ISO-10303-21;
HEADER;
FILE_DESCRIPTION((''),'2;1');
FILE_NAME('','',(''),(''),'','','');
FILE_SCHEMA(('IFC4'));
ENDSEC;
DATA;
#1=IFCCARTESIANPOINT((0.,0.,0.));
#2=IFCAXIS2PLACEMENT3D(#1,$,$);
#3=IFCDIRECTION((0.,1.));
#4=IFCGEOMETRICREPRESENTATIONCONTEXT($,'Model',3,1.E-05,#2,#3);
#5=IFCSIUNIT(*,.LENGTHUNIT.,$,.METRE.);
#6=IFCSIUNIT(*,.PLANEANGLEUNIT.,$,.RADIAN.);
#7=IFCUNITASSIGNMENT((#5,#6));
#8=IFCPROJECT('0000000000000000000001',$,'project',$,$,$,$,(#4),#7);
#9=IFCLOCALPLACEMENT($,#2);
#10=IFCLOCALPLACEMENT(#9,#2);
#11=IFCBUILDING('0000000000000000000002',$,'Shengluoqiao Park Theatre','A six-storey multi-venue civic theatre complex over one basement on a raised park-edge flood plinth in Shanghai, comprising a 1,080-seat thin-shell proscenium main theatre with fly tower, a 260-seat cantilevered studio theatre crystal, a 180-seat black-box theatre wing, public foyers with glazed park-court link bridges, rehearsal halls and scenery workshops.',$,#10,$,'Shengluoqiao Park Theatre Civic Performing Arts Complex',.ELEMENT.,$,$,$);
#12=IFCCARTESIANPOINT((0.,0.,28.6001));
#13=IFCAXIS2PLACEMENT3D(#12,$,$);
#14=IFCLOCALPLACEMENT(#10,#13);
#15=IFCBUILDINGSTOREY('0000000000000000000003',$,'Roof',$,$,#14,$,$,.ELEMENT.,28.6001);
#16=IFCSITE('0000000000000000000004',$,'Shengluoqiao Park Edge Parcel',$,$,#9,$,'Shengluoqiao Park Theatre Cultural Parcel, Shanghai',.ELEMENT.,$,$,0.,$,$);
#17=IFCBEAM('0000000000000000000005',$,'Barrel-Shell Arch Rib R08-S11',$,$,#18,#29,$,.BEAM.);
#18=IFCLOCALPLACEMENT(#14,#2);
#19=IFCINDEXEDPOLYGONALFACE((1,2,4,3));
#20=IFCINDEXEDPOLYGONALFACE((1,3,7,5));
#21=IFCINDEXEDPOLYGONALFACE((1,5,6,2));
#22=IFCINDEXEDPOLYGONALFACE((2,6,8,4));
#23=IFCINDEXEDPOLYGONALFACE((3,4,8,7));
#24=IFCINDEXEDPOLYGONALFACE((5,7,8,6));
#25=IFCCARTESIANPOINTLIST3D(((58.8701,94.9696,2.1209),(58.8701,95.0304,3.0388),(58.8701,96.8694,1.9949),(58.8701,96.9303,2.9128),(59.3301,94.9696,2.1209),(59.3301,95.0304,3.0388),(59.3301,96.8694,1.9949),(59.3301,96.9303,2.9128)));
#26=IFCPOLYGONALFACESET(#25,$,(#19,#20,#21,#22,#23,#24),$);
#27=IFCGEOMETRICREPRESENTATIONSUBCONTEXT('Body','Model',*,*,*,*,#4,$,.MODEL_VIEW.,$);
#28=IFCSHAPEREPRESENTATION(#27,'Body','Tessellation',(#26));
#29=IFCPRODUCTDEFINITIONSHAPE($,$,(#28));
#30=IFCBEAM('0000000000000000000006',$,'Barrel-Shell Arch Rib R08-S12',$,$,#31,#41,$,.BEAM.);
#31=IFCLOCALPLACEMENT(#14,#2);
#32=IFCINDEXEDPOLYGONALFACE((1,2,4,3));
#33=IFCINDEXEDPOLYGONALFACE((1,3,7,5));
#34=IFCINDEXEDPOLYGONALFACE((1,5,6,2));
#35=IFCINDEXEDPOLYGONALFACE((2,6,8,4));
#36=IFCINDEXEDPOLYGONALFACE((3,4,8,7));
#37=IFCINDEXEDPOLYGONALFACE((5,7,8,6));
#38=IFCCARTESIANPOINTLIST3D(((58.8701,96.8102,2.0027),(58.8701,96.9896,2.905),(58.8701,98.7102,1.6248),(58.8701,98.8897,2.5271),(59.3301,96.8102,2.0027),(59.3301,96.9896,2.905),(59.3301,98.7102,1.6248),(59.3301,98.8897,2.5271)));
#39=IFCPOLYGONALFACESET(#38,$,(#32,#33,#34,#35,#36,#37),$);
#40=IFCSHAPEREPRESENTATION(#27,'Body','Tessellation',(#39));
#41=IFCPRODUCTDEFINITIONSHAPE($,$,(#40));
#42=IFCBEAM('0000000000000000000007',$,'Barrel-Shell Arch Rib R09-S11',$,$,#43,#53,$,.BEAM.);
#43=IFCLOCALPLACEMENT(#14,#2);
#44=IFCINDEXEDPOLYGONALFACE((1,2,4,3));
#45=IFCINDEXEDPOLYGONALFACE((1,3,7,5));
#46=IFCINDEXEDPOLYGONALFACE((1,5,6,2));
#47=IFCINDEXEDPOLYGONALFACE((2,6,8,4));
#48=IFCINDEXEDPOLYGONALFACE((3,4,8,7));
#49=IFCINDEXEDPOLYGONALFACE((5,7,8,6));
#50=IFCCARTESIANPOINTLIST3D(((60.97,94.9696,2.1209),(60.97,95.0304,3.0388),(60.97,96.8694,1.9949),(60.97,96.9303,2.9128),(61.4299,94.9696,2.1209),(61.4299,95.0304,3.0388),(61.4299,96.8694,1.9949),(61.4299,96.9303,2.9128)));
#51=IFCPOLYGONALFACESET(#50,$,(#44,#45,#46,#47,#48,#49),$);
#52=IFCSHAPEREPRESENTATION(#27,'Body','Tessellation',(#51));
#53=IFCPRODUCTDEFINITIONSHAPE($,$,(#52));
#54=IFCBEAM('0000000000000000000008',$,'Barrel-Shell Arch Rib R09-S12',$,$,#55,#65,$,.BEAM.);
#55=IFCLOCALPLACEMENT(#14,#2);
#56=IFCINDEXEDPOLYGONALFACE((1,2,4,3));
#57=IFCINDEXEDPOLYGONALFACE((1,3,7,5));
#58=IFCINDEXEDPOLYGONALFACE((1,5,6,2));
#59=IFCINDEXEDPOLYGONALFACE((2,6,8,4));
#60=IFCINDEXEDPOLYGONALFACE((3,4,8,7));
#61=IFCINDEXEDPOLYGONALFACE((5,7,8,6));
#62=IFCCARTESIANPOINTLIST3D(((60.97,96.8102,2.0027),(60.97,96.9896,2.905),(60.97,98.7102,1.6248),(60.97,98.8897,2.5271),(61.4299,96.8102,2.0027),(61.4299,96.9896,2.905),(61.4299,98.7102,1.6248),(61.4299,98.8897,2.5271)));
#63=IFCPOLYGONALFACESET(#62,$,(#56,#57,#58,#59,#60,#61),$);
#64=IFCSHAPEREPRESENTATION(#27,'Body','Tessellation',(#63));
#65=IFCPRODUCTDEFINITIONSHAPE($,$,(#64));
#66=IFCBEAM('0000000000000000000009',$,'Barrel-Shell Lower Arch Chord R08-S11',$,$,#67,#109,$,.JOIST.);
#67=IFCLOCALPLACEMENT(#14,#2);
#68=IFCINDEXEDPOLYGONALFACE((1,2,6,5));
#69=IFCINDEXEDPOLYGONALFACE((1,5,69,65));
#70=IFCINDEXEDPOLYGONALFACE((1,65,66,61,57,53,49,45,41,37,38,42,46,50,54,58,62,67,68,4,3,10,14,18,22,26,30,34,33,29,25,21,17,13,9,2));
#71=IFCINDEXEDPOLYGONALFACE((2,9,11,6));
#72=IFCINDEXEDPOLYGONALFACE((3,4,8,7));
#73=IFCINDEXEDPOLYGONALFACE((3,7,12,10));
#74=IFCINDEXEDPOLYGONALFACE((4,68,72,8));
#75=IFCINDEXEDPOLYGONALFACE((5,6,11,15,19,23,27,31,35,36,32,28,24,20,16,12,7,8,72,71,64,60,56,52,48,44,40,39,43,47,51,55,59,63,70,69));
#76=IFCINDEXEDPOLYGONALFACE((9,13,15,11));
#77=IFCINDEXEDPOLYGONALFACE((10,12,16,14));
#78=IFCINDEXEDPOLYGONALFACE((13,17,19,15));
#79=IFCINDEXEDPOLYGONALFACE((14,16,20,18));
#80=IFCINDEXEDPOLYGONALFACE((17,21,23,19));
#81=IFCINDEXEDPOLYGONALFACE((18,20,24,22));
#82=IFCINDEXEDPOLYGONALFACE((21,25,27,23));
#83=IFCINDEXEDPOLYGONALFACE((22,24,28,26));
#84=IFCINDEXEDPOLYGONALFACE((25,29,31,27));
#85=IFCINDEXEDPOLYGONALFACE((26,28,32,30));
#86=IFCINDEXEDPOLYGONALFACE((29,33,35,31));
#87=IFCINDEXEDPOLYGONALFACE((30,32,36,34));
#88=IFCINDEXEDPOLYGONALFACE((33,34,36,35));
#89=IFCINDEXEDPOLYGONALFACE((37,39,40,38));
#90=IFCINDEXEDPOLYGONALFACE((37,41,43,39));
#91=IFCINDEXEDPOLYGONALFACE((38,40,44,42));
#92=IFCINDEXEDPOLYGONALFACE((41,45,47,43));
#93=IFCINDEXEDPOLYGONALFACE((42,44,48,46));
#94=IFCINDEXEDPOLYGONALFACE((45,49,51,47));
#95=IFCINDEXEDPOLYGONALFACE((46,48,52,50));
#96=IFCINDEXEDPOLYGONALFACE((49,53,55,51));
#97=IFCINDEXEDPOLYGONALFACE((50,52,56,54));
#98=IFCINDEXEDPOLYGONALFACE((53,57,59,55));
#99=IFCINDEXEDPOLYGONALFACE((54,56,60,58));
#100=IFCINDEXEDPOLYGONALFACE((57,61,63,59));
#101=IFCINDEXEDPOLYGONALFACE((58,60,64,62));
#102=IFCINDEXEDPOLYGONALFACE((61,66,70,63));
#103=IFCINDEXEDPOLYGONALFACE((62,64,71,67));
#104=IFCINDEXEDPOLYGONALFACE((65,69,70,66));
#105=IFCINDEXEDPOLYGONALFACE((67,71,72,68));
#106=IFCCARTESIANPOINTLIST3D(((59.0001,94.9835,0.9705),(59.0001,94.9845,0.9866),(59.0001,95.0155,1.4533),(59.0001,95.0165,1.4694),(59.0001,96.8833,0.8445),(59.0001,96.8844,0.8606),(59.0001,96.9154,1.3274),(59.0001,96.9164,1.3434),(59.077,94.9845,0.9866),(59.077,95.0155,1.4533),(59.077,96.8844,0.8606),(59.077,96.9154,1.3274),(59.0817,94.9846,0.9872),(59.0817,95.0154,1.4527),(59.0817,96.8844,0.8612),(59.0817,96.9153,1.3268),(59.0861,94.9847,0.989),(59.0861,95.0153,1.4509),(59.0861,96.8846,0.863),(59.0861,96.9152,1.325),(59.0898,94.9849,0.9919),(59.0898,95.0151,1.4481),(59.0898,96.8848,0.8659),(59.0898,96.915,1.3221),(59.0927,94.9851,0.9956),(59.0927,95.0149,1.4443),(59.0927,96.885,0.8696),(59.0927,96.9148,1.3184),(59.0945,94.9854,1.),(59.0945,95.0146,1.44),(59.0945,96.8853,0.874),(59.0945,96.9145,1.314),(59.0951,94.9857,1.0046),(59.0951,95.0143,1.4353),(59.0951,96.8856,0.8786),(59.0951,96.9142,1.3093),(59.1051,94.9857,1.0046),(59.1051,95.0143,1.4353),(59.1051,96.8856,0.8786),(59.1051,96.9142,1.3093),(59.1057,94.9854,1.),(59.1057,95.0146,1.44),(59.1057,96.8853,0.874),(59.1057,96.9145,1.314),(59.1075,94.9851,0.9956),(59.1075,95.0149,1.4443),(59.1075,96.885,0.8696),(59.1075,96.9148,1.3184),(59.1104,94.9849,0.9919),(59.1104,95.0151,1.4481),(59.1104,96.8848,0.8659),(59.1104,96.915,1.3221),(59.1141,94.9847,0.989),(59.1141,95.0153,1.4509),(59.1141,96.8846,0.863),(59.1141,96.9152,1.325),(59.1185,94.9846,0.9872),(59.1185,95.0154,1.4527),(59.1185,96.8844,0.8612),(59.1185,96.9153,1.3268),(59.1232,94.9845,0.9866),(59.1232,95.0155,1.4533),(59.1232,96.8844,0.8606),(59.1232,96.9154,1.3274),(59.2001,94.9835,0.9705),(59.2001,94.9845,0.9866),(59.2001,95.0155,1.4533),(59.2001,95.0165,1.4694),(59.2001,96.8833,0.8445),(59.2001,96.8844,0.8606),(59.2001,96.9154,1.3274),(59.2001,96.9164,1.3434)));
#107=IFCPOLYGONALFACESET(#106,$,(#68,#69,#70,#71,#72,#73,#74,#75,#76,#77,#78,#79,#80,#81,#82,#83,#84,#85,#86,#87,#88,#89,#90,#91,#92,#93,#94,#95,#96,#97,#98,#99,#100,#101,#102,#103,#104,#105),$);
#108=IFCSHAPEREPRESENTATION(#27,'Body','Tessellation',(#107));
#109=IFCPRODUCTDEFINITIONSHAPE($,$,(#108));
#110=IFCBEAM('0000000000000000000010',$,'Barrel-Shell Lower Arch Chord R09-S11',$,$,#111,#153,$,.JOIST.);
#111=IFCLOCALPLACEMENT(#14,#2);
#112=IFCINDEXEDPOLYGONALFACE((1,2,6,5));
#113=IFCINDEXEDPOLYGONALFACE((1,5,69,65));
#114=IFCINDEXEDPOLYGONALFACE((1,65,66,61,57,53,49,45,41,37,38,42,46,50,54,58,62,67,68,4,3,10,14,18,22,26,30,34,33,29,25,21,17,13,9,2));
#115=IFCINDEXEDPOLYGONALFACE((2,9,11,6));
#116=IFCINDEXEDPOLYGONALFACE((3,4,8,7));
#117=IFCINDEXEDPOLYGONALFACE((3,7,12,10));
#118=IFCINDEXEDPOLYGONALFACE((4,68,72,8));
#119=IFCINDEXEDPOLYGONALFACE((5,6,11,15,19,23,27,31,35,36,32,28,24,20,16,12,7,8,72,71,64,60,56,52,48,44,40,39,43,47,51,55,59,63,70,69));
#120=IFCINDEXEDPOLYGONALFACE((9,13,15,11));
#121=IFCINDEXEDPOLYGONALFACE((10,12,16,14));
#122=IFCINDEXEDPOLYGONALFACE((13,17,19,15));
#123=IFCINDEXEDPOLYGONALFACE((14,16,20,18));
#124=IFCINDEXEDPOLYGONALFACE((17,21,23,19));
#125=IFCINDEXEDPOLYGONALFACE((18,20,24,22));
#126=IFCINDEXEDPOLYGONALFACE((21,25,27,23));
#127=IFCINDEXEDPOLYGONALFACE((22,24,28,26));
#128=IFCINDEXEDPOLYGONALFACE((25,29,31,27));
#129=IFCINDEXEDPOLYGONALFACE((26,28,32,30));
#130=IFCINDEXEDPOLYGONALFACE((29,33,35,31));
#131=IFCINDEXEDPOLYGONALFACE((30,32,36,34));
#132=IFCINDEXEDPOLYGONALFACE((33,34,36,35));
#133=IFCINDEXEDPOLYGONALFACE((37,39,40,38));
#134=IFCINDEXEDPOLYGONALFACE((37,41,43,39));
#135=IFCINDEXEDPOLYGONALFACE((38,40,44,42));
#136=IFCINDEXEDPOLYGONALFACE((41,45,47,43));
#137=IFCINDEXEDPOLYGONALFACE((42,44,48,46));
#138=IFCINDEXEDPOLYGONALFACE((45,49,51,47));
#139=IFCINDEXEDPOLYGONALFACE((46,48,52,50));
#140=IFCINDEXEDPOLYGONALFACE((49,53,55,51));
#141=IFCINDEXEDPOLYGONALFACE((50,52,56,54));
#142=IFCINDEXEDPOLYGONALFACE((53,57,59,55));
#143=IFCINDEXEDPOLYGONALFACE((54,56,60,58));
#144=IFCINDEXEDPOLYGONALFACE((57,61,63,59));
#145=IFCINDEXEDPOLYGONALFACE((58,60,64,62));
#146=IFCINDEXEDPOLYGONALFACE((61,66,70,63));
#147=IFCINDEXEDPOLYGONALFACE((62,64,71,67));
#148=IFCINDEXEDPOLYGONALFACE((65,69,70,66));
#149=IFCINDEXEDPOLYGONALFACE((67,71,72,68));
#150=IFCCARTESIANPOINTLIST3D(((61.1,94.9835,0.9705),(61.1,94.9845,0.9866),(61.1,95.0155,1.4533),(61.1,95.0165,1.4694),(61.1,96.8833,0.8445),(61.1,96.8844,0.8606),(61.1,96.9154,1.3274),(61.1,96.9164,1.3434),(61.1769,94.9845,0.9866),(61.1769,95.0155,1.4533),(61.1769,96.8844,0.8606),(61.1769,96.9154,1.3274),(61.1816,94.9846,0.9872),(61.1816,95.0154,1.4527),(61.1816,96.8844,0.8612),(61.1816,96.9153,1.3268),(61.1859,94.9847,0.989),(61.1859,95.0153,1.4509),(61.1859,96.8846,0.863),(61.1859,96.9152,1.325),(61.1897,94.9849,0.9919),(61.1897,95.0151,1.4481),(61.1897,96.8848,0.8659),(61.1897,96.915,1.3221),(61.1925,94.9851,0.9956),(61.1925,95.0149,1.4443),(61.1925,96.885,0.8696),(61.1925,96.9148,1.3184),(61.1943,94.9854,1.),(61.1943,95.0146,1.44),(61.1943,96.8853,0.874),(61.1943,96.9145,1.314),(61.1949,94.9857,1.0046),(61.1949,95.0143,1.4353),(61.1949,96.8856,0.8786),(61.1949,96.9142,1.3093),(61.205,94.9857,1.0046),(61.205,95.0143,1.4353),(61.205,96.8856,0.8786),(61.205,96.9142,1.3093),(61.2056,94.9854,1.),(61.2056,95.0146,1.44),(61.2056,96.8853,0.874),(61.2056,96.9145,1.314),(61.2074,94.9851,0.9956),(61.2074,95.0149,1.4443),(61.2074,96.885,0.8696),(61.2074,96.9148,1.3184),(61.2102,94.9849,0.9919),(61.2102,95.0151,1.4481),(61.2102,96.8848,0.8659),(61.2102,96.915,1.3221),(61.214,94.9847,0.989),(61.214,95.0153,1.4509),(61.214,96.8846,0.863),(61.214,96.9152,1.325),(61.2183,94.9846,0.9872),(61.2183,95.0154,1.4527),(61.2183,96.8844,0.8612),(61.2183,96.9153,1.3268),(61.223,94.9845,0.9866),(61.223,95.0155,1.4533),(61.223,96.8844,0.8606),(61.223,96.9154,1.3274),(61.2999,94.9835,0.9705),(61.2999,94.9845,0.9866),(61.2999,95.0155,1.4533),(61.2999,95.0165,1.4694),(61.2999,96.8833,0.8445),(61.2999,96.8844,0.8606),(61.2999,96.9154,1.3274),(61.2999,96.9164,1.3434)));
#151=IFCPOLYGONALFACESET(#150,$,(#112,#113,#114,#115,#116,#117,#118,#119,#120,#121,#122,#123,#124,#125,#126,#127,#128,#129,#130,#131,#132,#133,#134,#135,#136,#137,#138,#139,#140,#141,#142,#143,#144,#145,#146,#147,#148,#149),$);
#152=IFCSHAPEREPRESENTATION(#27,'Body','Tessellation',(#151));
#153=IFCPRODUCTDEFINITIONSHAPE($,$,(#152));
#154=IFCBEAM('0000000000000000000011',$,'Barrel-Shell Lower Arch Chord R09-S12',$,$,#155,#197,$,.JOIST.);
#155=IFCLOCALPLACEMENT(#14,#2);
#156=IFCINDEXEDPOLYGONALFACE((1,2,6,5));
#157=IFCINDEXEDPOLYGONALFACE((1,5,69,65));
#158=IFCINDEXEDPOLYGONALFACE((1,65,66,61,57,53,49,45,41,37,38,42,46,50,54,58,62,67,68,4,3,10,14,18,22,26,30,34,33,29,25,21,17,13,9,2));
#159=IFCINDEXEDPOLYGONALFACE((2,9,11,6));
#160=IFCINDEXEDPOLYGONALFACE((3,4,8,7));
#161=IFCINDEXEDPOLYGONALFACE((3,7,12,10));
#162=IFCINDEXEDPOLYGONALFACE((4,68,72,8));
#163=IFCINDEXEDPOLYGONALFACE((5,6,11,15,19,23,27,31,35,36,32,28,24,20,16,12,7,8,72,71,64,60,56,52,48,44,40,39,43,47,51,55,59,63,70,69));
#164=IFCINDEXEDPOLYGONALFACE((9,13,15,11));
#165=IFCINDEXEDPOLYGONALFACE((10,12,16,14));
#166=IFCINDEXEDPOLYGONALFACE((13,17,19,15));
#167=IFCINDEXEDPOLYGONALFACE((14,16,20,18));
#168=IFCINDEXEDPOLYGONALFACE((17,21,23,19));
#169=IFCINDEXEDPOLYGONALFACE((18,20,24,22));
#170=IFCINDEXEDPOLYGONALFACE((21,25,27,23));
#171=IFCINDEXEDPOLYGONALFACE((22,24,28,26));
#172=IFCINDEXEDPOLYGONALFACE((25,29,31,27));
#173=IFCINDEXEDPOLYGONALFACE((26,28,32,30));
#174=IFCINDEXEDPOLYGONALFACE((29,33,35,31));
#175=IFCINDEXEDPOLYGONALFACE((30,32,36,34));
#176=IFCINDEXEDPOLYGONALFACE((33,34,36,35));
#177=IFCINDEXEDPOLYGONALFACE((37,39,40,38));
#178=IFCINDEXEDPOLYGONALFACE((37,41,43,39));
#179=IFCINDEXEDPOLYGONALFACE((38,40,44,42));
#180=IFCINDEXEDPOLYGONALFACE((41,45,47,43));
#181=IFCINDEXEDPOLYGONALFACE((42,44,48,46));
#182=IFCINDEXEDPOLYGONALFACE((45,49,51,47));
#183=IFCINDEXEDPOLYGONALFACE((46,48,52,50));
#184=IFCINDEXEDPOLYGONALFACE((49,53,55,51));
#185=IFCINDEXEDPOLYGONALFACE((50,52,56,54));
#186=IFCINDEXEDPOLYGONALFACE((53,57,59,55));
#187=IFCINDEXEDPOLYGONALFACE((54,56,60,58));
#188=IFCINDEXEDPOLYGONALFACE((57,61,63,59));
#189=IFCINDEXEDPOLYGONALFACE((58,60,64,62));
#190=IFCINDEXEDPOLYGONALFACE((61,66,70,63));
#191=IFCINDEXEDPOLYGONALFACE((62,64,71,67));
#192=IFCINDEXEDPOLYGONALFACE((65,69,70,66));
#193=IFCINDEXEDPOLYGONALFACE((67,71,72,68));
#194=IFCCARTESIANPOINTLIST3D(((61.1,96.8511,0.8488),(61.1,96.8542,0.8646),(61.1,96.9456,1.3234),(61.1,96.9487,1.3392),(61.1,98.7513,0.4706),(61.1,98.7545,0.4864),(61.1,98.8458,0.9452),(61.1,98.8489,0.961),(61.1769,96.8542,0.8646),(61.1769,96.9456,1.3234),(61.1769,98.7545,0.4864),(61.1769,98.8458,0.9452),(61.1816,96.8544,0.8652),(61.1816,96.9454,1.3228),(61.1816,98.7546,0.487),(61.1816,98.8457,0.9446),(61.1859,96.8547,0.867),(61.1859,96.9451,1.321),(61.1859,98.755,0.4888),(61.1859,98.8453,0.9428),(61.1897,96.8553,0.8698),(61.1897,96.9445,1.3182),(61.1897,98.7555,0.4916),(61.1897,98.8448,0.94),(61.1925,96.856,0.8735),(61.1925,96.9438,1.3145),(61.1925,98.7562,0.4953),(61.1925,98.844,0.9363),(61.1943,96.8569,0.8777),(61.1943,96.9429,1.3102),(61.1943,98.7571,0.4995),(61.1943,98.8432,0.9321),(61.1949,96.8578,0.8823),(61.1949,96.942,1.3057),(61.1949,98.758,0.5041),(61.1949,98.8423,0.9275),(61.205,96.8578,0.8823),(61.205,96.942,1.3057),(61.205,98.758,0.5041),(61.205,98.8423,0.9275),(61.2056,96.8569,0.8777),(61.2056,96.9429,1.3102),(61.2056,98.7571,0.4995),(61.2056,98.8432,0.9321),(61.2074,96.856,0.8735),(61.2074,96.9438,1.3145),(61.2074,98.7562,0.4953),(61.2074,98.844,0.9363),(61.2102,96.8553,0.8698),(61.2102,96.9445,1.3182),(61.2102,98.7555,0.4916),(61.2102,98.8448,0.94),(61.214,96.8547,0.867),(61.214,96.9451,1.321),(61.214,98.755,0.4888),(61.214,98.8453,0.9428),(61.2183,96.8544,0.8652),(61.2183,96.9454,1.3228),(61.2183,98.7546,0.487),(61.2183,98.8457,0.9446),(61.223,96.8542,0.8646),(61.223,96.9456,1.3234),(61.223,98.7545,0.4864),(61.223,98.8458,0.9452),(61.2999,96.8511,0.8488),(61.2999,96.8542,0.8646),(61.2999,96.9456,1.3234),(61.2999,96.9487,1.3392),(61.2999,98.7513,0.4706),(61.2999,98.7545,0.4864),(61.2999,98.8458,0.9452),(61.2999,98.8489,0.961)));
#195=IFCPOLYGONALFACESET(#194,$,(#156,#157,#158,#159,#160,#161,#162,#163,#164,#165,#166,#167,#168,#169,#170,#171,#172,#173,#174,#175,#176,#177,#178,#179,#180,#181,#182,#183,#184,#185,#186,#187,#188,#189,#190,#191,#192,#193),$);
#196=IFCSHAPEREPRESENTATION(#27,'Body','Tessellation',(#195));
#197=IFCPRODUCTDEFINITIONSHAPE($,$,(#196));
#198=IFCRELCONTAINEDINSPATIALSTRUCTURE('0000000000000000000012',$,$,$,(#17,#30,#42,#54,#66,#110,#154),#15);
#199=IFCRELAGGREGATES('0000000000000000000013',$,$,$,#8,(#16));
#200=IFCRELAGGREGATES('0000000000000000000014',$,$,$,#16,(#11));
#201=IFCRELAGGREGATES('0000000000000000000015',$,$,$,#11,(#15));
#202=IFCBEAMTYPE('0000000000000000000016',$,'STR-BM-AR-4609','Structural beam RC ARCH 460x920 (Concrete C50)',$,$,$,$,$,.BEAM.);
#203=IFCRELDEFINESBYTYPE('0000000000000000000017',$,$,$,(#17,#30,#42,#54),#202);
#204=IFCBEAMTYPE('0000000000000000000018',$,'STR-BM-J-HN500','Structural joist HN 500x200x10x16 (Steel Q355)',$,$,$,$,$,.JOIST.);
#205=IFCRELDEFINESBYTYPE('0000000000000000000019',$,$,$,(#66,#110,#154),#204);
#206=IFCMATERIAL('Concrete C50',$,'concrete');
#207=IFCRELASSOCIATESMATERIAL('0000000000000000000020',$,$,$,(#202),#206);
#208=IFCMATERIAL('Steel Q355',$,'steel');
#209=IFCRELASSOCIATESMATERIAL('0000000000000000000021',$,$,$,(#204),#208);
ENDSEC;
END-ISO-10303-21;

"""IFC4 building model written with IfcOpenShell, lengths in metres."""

from ifc_helpers import new_model, si_unit, direction, frame, origin, origin_2d, place, context, subcontext, project, spatial, rectangle, i_section, extrude, material, material_profile, profile_set, type_object, element, save


model = new_model("IFC4")

# Units and contexts
model_context = context("Model", 3, precision=1e-05, world=origin(), true_north=direction((0.0, 1.0)))
body_context = subcontext(model_context, "Body", "Model", "MODEL_VIEW")
ifc_project = project(units=[si_unit("LENGTHUNIT", "METRE"), si_unit("PLANEANGLEUNIT", "RADIAN")], contexts=[model_context])

# Site, building, storey
site_placement = place(None, origin())
site = spatial("IfcSite", under=ifc_project, at=site_placement, Name="Shengluoqiao Park Edge Parcel", LongName="Shengluoqiao Park Theatre Cultural Parcel, Shanghai", CompositionType="ELEMENT", RefElevation=0.0)
building_placement = place(site_placement, origin())
building = spatial("IfcBuilding", under=site, at=building_placement, Name="Shengluoqiao Park Theatre", Description="A six-storey multi-venue civic theatre complex over one basement on a raised park-edge flood plinth in Shanghai, comprising a 1,080-seat thin-shell proscenium main theatre with fly tower, a 260-seat cantilevered studio theatre crystal, a 180-seat black-box theatre wing, public foyers with glazed park-court link bridges, rehearsal halls and scenery workshops.", LongName="Shengluoqiao Park Theatre Civic Performing Arts Complex", CompositionType="ELEMENT")
storey_placement = place(building_placement, frame((0.0, 0.0, 28.6001)))
storey = spatial("IfcBuildingStorey", under=building, at=storey_placement, Name="Roof", CompositionType="ELEMENT", Elevation=28.6001)

# Beams
ifc_material_1 = material(Name="Concrete C50", Category="concrete")
ifc_material_profile_1 = material_profile(ifc_material_1, rectangle(XDim=0.46, YDim=0.9199, at=origin_2d()), Name="RC ARCH 460x920")
ifc_profile_set_1 = profile_set([ifc_material_profile_1], Name="Concrete C50")
beam_type_1 = type_object("IfcBeamType", Name="STR-BM-AR-4609", Description="Structural beam RC ARCH 460x920 (Concrete C50)", PredefinedType="BEAM", material=ifc_profile_set_1)
beam_1_placement = place(storey_placement, frame((59.1001, 95.0, 2.5798), z_axis=(0.0, 0.997809, -0.066162), x_axis=(-1.0, 0.0, 0.0)))
element("IfcBeam", 1, at=beam_1_placement, inside=storey, type_object=beam_type_1, Name="Barrel-Shell Arch Rib R08-S11", PredefinedType="BEAM", context=body_context, shape_type="SweptSolid", body=[
    extrude(rectangle(XDim=0.46, YDim=0.9199, at=origin_2d()), origin(), (0.0, 0.0, 1.0), 1.9041),
])
beam_2_placement = place(storey_placement, frame((59.1001, 96.8999, 2.4539), z_axis=(0.0, 0.980789, -0.195074), x_axis=(-1.0, 0.0, 0.0)))
element("IfcBeam", 2, at=beam_2_placement, inside=storey, type_object=beam_type_1, Name="Barrel-Shell Arch Rib R08-S12", PredefinedType="BEAM", context=body_context, shape_type="SweptSolid", body=[
    extrude(rectangle(XDim=0.46, YDim=0.9199, at=origin_2d()), origin(), (0.0, 0.0, 1.0), 1.9373),
])
beam_3_placement = place(storey_placement, frame((61.2, 95.0, 2.5798), z_axis=(0.0, 0.997809, -0.066162), x_axis=(-1.0, 0.0, 0.0)))
element("IfcBeam", 3, at=beam_3_placement, inside=storey, type_object=beam_type_1, Name="Barrel-Shell Arch Rib R09-S11", PredefinedType="BEAM", context=body_context, shape_type="SweptSolid", body=[
    extrude(rectangle(XDim=0.46, YDim=0.9199, at=origin_2d()), origin(), (0.0, 0.0, 1.0), 1.9041),
])
beam_4_placement = place(storey_placement, frame((61.2, 96.8999, 2.4539), z_axis=(0.0, 0.980789, -0.195074), x_axis=(-1.0, 0.0, 0.0)))
element("IfcBeam", 4, at=beam_4_placement, inside=storey, type_object=beam_type_1, Name="Barrel-Shell Arch Rib R09-S12", PredefinedType="BEAM", context=body_context, shape_type="SweptSolid", body=[
    extrude(rectangle(XDim=0.46, YDim=0.9199, at=origin_2d()), origin(), (0.0, 0.0, 1.0), 1.9373),
])
ifc_material_2 = material(Name="Steel Q355", Category="steel")
ifc_material_profile_2 = material_profile(ifc_material_2, i_section(OverallWidth=0.2, OverallDepth=0.5, WebThickness=0.01, FlangeThickness=0.0161, FilletRadius=0.0181, at=origin_2d()), Name="HN 500x200x10x16")
ifc_profile_set_2 = profile_set([ifc_material_profile_2], Name="Steel Q355")
beam_type_2 = type_object("IfcBeamType", Name="STR-BM-J-HN500", Description="Structural joist HN 500x200x10x16 (Steel Q355)", PredefinedType="JOIST", material=ifc_profile_set_2)
for number, where, z_axis, x_axis, name in (
    (5, (59.1001, 95.0, 1.22), (0.0, 0.997809, -0.066162), (-1.0, 0.0, 0.0), "Barrel-Shell Lower Arch Chord R08-S11"),
    (6, (61.2, 95.0, 1.22), (0.0, 0.997809, -0.066162), (-1.0, 0.0, 0.0), "Barrel-Shell Lower Arch Chord R09-S11"),
):
    element("IfcBeam", number, at=place(storey_placement, frame(where, z_axis=z_axis, x_axis=x_axis)), inside=storey, type_object=beam_type_2, Name=name, PredefinedType="JOIST", context=body_context, shape_type="SweptSolid", body=[
        extrude(i_section(OverallWidth=0.2, OverallDepth=0.5, WebThickness=0.01, FlangeThickness=0.0161, FilletRadius=0.0181, at=origin_2d()), origin(), (0.0, 0.0, 1.0), 1.9041),
    ])
beam_5_placement = place(storey_placement, frame((61.2, 96.8999, 1.094), z_axis=(0.0, 0.980764, -0.195195), x_axis=(-1.0, 0.0, 0.0)))
element("IfcBeam", 7, at=beam_5_placement, inside=storey, type_object=beam_type_2, Name="Barrel-Shell Lower Arch Chord R09-S12", PredefinedType="JOIST", context=body_context, shape_type="SweptSolid", body=[
    extrude(i_section(OverallWidth=0.2, OverallDepth=0.5, WebThickness=0.01, FlangeThickness=0.0161, FilletRadius=0.0181, at=origin_2d()), origin(), (0.0, 0.0, 1.0), 1.9375),
])

save(model, "model.ifc")
